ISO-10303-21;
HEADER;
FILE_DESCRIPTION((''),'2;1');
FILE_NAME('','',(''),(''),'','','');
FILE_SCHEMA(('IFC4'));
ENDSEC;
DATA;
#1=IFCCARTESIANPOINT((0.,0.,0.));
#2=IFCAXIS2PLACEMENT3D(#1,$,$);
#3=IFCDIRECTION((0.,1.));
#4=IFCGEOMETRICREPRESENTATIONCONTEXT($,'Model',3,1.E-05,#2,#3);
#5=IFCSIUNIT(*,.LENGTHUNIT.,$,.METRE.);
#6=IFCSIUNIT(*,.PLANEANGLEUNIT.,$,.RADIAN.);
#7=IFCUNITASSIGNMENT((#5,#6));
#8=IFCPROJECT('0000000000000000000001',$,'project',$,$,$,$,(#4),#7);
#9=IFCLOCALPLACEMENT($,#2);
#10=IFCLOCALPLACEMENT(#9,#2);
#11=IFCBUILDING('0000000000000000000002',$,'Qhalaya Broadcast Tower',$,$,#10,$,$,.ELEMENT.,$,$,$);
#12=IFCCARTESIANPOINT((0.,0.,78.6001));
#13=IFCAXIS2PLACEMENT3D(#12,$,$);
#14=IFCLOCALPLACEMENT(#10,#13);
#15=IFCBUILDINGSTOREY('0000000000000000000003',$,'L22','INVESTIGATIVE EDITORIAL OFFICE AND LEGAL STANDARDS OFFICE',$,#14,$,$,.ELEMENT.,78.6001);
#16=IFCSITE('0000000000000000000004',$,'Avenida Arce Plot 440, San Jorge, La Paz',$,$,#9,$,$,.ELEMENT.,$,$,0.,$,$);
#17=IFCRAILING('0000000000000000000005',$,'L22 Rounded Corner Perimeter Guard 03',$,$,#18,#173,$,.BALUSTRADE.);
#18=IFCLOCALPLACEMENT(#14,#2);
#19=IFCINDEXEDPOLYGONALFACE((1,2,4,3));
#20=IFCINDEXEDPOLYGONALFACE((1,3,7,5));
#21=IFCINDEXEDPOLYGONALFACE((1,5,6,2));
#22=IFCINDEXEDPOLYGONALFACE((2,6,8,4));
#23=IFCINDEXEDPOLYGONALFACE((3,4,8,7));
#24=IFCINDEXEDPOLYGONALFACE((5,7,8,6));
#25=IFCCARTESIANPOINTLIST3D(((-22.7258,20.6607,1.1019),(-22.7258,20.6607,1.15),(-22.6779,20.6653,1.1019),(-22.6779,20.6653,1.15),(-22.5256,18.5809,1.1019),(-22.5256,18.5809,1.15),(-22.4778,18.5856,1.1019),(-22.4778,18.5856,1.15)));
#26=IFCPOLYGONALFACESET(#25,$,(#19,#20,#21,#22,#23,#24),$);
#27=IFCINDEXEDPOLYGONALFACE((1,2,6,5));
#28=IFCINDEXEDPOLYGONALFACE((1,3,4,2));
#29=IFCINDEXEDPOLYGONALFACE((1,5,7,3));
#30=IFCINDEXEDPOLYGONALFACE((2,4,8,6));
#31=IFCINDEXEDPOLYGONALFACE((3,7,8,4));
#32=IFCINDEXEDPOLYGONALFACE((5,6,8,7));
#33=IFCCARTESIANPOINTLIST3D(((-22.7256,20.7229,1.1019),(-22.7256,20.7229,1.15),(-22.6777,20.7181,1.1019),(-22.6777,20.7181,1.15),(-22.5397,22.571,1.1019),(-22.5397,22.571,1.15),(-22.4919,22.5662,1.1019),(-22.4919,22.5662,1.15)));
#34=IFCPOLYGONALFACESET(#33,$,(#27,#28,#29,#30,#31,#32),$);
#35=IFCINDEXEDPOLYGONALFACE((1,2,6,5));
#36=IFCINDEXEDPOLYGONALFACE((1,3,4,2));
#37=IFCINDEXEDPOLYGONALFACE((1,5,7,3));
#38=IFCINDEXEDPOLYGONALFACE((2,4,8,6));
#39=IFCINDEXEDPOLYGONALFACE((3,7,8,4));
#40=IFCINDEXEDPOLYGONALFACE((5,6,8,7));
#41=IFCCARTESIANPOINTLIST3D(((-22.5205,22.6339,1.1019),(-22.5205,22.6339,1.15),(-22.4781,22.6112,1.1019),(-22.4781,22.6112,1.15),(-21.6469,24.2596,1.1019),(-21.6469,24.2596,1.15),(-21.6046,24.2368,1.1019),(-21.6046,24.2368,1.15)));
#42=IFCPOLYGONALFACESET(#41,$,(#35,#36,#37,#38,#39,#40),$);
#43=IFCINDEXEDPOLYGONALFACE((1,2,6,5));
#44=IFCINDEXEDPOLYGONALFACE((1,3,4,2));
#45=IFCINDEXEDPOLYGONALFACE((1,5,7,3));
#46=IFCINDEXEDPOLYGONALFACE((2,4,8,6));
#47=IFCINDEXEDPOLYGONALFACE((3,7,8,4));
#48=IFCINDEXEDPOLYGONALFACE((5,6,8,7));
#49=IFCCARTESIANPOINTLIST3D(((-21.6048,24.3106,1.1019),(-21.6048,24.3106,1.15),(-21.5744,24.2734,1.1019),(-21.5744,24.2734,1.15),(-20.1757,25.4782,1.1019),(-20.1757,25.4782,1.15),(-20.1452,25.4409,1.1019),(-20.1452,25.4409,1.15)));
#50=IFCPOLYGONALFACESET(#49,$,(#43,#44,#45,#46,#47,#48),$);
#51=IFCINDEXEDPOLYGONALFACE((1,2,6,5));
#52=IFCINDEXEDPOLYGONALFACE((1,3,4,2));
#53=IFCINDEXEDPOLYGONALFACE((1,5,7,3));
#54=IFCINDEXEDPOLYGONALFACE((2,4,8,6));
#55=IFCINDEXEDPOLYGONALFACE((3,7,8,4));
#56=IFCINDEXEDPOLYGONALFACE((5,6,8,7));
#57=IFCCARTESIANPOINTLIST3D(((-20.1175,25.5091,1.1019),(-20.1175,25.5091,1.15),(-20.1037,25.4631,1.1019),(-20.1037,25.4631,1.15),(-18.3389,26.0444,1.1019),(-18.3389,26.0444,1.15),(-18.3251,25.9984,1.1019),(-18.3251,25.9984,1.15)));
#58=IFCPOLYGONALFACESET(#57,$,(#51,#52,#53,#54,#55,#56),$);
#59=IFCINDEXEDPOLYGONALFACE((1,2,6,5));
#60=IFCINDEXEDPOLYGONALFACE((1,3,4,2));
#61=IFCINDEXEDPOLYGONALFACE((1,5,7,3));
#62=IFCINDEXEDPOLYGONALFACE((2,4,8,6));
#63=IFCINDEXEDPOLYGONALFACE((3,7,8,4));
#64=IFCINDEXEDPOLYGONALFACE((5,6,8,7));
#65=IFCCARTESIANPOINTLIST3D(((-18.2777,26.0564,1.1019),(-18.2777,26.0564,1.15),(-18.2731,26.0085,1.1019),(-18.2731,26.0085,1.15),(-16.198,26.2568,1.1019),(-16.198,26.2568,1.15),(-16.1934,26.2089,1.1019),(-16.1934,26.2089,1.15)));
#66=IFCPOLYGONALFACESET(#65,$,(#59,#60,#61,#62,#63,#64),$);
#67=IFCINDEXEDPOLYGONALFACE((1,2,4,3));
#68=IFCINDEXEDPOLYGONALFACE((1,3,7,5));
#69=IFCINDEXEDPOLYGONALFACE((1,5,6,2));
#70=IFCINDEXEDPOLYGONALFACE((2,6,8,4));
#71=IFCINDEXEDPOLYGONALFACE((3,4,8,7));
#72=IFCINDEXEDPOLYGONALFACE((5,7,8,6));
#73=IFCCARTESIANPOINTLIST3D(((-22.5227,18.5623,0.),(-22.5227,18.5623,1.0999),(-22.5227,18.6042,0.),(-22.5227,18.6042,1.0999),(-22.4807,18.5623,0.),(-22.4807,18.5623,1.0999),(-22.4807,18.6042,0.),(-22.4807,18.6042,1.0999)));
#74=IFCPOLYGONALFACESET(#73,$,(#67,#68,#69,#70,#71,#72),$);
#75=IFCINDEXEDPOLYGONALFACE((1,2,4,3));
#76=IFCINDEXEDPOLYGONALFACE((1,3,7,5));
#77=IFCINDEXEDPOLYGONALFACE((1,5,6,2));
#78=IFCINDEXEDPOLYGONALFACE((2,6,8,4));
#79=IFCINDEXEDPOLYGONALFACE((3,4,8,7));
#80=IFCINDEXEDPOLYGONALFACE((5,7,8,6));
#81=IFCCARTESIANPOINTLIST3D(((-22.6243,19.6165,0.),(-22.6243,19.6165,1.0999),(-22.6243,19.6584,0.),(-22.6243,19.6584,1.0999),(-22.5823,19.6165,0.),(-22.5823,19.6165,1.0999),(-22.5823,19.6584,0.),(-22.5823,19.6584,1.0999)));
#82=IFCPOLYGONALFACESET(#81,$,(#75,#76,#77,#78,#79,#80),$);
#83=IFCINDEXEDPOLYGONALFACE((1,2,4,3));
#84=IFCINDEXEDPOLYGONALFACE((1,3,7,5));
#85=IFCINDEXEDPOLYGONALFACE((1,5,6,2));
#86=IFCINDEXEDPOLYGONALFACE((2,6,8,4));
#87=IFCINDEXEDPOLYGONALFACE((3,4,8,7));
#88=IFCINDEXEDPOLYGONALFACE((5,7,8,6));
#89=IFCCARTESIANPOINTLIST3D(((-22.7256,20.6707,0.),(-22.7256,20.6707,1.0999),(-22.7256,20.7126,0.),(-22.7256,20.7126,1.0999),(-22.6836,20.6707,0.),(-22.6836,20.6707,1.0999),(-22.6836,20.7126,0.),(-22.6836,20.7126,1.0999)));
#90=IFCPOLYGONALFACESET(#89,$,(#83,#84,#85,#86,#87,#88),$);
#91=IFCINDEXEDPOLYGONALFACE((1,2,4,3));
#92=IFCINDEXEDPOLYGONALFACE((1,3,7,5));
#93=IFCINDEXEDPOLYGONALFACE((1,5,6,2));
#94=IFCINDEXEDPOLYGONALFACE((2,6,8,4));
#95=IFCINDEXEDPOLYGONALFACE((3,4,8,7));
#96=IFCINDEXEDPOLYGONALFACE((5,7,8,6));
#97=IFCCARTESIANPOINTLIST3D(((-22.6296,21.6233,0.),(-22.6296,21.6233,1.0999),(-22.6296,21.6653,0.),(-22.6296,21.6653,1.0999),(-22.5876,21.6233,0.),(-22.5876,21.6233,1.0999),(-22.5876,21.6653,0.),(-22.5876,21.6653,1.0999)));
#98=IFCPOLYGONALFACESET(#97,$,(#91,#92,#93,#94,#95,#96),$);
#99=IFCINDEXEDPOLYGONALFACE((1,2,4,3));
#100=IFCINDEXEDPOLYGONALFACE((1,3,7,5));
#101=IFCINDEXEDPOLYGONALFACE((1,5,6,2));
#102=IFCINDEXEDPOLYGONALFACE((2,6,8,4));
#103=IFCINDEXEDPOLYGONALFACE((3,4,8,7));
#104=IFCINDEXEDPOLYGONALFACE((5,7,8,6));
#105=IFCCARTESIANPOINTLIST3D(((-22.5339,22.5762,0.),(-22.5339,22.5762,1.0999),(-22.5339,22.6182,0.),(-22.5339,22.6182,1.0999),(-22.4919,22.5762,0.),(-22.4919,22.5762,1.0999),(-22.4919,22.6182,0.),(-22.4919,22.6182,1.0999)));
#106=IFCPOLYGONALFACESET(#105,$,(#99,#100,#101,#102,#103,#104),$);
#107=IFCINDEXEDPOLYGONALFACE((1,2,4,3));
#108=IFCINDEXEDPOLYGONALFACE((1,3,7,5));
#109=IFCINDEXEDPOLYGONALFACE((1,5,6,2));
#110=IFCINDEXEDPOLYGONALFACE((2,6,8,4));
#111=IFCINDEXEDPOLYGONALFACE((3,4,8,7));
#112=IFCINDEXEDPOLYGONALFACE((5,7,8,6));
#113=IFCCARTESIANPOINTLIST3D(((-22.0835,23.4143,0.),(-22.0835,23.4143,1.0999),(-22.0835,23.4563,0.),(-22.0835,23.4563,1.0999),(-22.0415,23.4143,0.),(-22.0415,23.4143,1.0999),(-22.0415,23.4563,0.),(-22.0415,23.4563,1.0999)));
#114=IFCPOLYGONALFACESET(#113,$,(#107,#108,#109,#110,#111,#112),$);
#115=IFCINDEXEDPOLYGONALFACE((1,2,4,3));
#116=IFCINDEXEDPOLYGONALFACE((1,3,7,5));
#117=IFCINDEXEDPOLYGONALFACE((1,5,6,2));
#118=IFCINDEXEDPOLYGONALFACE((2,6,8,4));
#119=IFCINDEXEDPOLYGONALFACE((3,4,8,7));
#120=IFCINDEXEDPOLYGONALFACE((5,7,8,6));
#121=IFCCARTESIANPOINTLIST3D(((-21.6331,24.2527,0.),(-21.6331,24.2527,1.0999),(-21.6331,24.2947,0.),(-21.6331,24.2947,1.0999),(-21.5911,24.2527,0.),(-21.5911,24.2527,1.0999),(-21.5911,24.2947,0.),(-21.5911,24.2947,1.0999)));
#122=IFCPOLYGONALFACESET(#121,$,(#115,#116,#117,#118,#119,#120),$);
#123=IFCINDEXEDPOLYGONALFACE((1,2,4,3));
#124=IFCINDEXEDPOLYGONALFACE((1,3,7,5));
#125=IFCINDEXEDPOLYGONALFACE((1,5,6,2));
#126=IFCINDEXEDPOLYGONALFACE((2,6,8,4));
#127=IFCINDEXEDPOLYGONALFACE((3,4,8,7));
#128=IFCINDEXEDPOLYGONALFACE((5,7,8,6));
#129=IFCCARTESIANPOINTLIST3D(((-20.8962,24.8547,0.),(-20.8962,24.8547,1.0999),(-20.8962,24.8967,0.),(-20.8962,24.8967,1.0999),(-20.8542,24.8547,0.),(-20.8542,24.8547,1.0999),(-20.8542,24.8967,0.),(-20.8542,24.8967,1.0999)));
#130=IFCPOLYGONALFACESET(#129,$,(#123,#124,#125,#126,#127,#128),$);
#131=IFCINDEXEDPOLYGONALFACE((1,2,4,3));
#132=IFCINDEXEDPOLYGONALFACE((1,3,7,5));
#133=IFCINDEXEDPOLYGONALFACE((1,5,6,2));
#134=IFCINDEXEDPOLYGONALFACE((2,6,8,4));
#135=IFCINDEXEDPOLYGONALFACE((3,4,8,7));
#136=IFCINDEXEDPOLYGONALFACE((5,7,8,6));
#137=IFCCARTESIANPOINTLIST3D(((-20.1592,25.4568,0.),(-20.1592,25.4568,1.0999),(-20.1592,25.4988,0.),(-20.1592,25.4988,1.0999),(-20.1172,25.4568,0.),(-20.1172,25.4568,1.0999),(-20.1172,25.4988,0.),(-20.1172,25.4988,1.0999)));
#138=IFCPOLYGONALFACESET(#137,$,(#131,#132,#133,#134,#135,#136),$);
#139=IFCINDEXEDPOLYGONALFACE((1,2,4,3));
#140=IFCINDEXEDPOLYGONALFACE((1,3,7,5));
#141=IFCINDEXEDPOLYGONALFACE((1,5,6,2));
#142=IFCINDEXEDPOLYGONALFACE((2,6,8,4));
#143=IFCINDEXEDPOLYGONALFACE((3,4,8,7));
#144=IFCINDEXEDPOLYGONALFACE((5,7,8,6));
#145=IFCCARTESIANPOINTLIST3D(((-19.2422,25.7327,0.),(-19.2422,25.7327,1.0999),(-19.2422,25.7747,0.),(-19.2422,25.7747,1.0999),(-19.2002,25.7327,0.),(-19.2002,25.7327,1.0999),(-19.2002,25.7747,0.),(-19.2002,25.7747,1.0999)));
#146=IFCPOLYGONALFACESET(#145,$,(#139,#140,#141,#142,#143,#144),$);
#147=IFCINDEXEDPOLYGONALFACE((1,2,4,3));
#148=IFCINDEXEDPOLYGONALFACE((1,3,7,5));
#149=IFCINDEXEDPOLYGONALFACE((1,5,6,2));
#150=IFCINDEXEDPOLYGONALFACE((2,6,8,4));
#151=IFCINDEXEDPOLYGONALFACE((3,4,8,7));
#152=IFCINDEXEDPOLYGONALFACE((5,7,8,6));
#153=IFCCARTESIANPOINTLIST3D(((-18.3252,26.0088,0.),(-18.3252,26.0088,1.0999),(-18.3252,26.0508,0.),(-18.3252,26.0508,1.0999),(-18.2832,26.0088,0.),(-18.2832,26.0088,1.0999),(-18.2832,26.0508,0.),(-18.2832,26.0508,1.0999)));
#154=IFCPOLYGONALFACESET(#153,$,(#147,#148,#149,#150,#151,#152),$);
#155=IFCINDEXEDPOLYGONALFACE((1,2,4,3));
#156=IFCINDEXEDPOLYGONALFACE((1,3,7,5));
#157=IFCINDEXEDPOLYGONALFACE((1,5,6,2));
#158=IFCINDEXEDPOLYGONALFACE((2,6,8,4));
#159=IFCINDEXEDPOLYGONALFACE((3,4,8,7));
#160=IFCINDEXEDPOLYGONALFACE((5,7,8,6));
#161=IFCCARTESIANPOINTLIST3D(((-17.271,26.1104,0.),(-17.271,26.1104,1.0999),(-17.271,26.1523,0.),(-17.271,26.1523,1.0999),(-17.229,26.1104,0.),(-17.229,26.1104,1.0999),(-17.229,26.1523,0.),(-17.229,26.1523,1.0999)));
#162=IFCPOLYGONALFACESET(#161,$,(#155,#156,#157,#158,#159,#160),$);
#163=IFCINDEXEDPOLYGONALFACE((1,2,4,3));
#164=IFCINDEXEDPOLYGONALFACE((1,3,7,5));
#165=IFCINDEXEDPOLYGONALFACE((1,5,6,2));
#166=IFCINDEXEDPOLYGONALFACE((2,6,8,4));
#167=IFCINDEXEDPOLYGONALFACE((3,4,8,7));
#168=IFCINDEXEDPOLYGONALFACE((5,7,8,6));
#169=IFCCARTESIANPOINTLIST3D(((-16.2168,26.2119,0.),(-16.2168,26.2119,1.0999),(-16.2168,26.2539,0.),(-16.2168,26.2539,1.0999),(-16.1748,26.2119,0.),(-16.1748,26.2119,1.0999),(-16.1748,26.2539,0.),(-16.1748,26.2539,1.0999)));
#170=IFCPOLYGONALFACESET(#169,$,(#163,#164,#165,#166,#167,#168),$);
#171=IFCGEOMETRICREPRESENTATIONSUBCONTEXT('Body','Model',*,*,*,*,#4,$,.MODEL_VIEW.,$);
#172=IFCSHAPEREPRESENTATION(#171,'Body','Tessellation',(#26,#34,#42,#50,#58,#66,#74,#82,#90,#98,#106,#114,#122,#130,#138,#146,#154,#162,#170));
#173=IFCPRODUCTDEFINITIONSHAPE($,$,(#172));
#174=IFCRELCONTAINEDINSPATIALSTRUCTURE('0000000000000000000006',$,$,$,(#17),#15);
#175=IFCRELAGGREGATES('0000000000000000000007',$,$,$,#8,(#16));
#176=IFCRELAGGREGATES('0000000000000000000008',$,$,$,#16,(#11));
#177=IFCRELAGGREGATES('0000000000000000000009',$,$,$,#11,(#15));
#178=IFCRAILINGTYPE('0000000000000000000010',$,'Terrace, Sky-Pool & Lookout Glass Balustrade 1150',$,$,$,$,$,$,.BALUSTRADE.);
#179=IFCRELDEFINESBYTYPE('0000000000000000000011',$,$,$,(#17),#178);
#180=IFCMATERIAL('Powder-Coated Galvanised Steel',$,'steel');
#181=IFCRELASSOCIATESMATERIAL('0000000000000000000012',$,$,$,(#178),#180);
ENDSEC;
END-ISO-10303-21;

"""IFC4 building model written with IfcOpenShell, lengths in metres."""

from ifc_helpers import new_model, si_unit, direction, frame, origin, origin_2d, place, context, subcontext, project, spatial, rectangle, extrude, material, type_object, element, save


model = new_model("IFC4")

# Units and contexts
model_context = context("Model", 3, precision=1e-05, world=origin(), true_north=direction((0.0, 1.0)))
body_context = subcontext(model_context, "Body", "Model", "MODEL_VIEW")
ifc_project = project(units=[si_unit("LENGTHUNIT", "METRE"), si_unit("PLANEANGLEUNIT", "RADIAN")], contexts=[model_context])

# Site, building, storey
site_placement = place(None, origin())
site = spatial("IfcSite", under=ifc_project, at=site_placement, Name="Avenida Arce Plot 440, San Jorge, La Paz", CompositionType="ELEMENT", RefElevation=0.0)
building_placement = place(site_placement, origin())
building = spatial("IfcBuilding", under=site, at=building_placement, Name="Qhalaya Broadcast Tower", CompositionType="ELEMENT")
storey_placement = place(building_placement, frame((0.0, 0.0, 78.6001)))
storey = spatial("IfcBuildingStorey", under=building, at=storey_placement, Name="L22", Description="INVESTIGATIVE EDITORIAL OFFICE AND LEGAL STANDARDS OFFICE", CompositionType="ELEMENT", Elevation=78.6001)

# Railing
ifc_material_1 = material(Name="Powder-Coated Galvanised Steel", Category="steel")
railing_type = type_object("IfcRailingType", Name="Terrace, Sky-Pool & Lookout Glass Balustrade 1150", PredefinedType="BALUSTRADE", material=ifc_material_1)
railing_placement = place(storey_placement, frame((-22.5017, 18.5833, 0.0)))
element("IfcRailing", 1, at=railing_placement, inside=storey, type_object=railing_type, Name="L22 Rounded Corner Perimeter Guard 03", PredefinedType="BALUSTRADE", context=body_context, shape_type="SweptSolid", body=[
    extrude(rectangle(XDim=0.0481, YDim=0.0481, at=origin_2d()), frame((0.0, 0.0, 1.126), z_axis=(-0.095783, 0.995402, 0.0), x_axis=(-0.995402, -0.095783, 0.0)), (0.0, 0.0, 1.0), 2.0894),
    extrude(rectangle(XDim=0.0481, YDim=0.0481, at=origin_2d()), frame((-0.2, 2.1372, 1.126), z_axis=(0.100072, 0.99498, 0.0), x_axis=(-0.99498, 0.100072, 0.0)), (0.0, 0.0, 1.0), 1.8574),
    extrude(rectangle(XDim=0.0481, YDim=0.0481, at=origin_2d()), frame((0.0024, 4.0393, 1.126), z_axis=(0.473342, 0.880879, 0.0), x_axis=(-0.880879, 0.473342, 0.0)), (0.0, 0.0, 1.0), 1.8455),
    extrude(rectangle(XDim=0.0481, YDim=0.0481, at=origin_2d()), frame((0.9121, 5.7087, 1.126), z_axis=(0.77442, 0.632672, 0.0), x_axis=(-0.632672, 0.77442, 0.0)), (0.0, 0.0, 1.0), 1.8455),
    extrude(rectangle(XDim=0.0481, YDim=0.0481, at=origin_2d()), frame((2.3911, 6.9028, 1.126), z_axis=(0.957566, 0.288213, 0.0), x_axis=(-0.288213, 0.957566, 0.0)), (0.0, 0.0, 1.0), 1.8574),
    extrude(rectangle(XDim=0.0481, YDim=0.0481, at=origin_2d()), frame((4.2263, 7.4492, 1.126), z_axis=(0.995391, 0.095897, 0.0), x_axis=(-0.095897, 0.995391, 0.0)), (0.0, 0.0, 1.0), 2.0894),
    extrude(rectangle(XDim=0.042, YDim=0.042, at=origin_2d()), origin(), (0.0, 0.0, 1.0), 1.0999),
    extrude(rectangle(XDim=0.042, YDim=0.042, at=origin_2d()), frame((-0.1016, 1.0542, 0.0)), (0.0, 0.0, 1.0), 1.0999),
    extrude(rectangle(XDim=0.042, YDim=0.042, at=origin_2d()), frame((-0.2029, 2.1084, 0.0)), (0.0, 0.0, 1.0), 1.0999),
    extrude(rectangle(XDim=0.042, YDim=0.042, at=origin_2d()), frame((-0.1069, 3.061, 0.0)), (0.0, 0.0, 1.0), 1.0999),
    extrude(rectangle(XDim=0.042, YDim=0.042, at=origin_2d()), frame((-0.0112, 4.0139, 0.0)), (0.0, 0.0, 1.0), 1.0999),
    extrude(rectangle(XDim=0.042, YDim=0.042, at=origin_2d()), frame((0.4392, 4.8521, 0.0)), (0.0, 0.0, 1.0), 1.0999),
    extrude(rectangle(XDim=0.042, YDim=0.042, at=origin_2d()), frame((0.8896, 5.6904, 0.0)), (0.0, 0.0, 1.0), 1.0999),
    extrude(rectangle(XDim=0.042, YDim=0.042, at=origin_2d()), frame((1.6265, 6.2925, 0.0)), (0.0, 0.0, 1.0), 1.0999),
    extrude(rectangle(XDim=0.042, YDim=0.042, at=origin_2d()), frame((2.3635, 6.8945, 0.0)), (0.0, 0.0, 1.0), 1.0999),
    extrude(rectangle(XDim=0.042, YDim=0.042, at=origin_2d()), frame((3.2805, 7.1704, 0.0)), (0.0, 0.0, 1.0), 1.0999),
    extrude(rectangle(XDim=0.042, YDim=0.042, at=origin_2d()), frame((4.1975, 7.4465, 0.0)), (0.0, 0.0, 1.0), 1.0999),
    extrude(rectangle(XDim=0.042, YDim=0.042, at=origin_2d()), frame((5.2517, 7.5481, 0.0)), (0.0, 0.0, 1.0), 1.0999),
    extrude(rectangle(XDim=0.042, YDim=0.042, at=origin_2d()), frame((6.3059, 7.6497, 0.0)), (0.0, 0.0, 1.0), 1.0999),
])

save(model, "model.ifc")
